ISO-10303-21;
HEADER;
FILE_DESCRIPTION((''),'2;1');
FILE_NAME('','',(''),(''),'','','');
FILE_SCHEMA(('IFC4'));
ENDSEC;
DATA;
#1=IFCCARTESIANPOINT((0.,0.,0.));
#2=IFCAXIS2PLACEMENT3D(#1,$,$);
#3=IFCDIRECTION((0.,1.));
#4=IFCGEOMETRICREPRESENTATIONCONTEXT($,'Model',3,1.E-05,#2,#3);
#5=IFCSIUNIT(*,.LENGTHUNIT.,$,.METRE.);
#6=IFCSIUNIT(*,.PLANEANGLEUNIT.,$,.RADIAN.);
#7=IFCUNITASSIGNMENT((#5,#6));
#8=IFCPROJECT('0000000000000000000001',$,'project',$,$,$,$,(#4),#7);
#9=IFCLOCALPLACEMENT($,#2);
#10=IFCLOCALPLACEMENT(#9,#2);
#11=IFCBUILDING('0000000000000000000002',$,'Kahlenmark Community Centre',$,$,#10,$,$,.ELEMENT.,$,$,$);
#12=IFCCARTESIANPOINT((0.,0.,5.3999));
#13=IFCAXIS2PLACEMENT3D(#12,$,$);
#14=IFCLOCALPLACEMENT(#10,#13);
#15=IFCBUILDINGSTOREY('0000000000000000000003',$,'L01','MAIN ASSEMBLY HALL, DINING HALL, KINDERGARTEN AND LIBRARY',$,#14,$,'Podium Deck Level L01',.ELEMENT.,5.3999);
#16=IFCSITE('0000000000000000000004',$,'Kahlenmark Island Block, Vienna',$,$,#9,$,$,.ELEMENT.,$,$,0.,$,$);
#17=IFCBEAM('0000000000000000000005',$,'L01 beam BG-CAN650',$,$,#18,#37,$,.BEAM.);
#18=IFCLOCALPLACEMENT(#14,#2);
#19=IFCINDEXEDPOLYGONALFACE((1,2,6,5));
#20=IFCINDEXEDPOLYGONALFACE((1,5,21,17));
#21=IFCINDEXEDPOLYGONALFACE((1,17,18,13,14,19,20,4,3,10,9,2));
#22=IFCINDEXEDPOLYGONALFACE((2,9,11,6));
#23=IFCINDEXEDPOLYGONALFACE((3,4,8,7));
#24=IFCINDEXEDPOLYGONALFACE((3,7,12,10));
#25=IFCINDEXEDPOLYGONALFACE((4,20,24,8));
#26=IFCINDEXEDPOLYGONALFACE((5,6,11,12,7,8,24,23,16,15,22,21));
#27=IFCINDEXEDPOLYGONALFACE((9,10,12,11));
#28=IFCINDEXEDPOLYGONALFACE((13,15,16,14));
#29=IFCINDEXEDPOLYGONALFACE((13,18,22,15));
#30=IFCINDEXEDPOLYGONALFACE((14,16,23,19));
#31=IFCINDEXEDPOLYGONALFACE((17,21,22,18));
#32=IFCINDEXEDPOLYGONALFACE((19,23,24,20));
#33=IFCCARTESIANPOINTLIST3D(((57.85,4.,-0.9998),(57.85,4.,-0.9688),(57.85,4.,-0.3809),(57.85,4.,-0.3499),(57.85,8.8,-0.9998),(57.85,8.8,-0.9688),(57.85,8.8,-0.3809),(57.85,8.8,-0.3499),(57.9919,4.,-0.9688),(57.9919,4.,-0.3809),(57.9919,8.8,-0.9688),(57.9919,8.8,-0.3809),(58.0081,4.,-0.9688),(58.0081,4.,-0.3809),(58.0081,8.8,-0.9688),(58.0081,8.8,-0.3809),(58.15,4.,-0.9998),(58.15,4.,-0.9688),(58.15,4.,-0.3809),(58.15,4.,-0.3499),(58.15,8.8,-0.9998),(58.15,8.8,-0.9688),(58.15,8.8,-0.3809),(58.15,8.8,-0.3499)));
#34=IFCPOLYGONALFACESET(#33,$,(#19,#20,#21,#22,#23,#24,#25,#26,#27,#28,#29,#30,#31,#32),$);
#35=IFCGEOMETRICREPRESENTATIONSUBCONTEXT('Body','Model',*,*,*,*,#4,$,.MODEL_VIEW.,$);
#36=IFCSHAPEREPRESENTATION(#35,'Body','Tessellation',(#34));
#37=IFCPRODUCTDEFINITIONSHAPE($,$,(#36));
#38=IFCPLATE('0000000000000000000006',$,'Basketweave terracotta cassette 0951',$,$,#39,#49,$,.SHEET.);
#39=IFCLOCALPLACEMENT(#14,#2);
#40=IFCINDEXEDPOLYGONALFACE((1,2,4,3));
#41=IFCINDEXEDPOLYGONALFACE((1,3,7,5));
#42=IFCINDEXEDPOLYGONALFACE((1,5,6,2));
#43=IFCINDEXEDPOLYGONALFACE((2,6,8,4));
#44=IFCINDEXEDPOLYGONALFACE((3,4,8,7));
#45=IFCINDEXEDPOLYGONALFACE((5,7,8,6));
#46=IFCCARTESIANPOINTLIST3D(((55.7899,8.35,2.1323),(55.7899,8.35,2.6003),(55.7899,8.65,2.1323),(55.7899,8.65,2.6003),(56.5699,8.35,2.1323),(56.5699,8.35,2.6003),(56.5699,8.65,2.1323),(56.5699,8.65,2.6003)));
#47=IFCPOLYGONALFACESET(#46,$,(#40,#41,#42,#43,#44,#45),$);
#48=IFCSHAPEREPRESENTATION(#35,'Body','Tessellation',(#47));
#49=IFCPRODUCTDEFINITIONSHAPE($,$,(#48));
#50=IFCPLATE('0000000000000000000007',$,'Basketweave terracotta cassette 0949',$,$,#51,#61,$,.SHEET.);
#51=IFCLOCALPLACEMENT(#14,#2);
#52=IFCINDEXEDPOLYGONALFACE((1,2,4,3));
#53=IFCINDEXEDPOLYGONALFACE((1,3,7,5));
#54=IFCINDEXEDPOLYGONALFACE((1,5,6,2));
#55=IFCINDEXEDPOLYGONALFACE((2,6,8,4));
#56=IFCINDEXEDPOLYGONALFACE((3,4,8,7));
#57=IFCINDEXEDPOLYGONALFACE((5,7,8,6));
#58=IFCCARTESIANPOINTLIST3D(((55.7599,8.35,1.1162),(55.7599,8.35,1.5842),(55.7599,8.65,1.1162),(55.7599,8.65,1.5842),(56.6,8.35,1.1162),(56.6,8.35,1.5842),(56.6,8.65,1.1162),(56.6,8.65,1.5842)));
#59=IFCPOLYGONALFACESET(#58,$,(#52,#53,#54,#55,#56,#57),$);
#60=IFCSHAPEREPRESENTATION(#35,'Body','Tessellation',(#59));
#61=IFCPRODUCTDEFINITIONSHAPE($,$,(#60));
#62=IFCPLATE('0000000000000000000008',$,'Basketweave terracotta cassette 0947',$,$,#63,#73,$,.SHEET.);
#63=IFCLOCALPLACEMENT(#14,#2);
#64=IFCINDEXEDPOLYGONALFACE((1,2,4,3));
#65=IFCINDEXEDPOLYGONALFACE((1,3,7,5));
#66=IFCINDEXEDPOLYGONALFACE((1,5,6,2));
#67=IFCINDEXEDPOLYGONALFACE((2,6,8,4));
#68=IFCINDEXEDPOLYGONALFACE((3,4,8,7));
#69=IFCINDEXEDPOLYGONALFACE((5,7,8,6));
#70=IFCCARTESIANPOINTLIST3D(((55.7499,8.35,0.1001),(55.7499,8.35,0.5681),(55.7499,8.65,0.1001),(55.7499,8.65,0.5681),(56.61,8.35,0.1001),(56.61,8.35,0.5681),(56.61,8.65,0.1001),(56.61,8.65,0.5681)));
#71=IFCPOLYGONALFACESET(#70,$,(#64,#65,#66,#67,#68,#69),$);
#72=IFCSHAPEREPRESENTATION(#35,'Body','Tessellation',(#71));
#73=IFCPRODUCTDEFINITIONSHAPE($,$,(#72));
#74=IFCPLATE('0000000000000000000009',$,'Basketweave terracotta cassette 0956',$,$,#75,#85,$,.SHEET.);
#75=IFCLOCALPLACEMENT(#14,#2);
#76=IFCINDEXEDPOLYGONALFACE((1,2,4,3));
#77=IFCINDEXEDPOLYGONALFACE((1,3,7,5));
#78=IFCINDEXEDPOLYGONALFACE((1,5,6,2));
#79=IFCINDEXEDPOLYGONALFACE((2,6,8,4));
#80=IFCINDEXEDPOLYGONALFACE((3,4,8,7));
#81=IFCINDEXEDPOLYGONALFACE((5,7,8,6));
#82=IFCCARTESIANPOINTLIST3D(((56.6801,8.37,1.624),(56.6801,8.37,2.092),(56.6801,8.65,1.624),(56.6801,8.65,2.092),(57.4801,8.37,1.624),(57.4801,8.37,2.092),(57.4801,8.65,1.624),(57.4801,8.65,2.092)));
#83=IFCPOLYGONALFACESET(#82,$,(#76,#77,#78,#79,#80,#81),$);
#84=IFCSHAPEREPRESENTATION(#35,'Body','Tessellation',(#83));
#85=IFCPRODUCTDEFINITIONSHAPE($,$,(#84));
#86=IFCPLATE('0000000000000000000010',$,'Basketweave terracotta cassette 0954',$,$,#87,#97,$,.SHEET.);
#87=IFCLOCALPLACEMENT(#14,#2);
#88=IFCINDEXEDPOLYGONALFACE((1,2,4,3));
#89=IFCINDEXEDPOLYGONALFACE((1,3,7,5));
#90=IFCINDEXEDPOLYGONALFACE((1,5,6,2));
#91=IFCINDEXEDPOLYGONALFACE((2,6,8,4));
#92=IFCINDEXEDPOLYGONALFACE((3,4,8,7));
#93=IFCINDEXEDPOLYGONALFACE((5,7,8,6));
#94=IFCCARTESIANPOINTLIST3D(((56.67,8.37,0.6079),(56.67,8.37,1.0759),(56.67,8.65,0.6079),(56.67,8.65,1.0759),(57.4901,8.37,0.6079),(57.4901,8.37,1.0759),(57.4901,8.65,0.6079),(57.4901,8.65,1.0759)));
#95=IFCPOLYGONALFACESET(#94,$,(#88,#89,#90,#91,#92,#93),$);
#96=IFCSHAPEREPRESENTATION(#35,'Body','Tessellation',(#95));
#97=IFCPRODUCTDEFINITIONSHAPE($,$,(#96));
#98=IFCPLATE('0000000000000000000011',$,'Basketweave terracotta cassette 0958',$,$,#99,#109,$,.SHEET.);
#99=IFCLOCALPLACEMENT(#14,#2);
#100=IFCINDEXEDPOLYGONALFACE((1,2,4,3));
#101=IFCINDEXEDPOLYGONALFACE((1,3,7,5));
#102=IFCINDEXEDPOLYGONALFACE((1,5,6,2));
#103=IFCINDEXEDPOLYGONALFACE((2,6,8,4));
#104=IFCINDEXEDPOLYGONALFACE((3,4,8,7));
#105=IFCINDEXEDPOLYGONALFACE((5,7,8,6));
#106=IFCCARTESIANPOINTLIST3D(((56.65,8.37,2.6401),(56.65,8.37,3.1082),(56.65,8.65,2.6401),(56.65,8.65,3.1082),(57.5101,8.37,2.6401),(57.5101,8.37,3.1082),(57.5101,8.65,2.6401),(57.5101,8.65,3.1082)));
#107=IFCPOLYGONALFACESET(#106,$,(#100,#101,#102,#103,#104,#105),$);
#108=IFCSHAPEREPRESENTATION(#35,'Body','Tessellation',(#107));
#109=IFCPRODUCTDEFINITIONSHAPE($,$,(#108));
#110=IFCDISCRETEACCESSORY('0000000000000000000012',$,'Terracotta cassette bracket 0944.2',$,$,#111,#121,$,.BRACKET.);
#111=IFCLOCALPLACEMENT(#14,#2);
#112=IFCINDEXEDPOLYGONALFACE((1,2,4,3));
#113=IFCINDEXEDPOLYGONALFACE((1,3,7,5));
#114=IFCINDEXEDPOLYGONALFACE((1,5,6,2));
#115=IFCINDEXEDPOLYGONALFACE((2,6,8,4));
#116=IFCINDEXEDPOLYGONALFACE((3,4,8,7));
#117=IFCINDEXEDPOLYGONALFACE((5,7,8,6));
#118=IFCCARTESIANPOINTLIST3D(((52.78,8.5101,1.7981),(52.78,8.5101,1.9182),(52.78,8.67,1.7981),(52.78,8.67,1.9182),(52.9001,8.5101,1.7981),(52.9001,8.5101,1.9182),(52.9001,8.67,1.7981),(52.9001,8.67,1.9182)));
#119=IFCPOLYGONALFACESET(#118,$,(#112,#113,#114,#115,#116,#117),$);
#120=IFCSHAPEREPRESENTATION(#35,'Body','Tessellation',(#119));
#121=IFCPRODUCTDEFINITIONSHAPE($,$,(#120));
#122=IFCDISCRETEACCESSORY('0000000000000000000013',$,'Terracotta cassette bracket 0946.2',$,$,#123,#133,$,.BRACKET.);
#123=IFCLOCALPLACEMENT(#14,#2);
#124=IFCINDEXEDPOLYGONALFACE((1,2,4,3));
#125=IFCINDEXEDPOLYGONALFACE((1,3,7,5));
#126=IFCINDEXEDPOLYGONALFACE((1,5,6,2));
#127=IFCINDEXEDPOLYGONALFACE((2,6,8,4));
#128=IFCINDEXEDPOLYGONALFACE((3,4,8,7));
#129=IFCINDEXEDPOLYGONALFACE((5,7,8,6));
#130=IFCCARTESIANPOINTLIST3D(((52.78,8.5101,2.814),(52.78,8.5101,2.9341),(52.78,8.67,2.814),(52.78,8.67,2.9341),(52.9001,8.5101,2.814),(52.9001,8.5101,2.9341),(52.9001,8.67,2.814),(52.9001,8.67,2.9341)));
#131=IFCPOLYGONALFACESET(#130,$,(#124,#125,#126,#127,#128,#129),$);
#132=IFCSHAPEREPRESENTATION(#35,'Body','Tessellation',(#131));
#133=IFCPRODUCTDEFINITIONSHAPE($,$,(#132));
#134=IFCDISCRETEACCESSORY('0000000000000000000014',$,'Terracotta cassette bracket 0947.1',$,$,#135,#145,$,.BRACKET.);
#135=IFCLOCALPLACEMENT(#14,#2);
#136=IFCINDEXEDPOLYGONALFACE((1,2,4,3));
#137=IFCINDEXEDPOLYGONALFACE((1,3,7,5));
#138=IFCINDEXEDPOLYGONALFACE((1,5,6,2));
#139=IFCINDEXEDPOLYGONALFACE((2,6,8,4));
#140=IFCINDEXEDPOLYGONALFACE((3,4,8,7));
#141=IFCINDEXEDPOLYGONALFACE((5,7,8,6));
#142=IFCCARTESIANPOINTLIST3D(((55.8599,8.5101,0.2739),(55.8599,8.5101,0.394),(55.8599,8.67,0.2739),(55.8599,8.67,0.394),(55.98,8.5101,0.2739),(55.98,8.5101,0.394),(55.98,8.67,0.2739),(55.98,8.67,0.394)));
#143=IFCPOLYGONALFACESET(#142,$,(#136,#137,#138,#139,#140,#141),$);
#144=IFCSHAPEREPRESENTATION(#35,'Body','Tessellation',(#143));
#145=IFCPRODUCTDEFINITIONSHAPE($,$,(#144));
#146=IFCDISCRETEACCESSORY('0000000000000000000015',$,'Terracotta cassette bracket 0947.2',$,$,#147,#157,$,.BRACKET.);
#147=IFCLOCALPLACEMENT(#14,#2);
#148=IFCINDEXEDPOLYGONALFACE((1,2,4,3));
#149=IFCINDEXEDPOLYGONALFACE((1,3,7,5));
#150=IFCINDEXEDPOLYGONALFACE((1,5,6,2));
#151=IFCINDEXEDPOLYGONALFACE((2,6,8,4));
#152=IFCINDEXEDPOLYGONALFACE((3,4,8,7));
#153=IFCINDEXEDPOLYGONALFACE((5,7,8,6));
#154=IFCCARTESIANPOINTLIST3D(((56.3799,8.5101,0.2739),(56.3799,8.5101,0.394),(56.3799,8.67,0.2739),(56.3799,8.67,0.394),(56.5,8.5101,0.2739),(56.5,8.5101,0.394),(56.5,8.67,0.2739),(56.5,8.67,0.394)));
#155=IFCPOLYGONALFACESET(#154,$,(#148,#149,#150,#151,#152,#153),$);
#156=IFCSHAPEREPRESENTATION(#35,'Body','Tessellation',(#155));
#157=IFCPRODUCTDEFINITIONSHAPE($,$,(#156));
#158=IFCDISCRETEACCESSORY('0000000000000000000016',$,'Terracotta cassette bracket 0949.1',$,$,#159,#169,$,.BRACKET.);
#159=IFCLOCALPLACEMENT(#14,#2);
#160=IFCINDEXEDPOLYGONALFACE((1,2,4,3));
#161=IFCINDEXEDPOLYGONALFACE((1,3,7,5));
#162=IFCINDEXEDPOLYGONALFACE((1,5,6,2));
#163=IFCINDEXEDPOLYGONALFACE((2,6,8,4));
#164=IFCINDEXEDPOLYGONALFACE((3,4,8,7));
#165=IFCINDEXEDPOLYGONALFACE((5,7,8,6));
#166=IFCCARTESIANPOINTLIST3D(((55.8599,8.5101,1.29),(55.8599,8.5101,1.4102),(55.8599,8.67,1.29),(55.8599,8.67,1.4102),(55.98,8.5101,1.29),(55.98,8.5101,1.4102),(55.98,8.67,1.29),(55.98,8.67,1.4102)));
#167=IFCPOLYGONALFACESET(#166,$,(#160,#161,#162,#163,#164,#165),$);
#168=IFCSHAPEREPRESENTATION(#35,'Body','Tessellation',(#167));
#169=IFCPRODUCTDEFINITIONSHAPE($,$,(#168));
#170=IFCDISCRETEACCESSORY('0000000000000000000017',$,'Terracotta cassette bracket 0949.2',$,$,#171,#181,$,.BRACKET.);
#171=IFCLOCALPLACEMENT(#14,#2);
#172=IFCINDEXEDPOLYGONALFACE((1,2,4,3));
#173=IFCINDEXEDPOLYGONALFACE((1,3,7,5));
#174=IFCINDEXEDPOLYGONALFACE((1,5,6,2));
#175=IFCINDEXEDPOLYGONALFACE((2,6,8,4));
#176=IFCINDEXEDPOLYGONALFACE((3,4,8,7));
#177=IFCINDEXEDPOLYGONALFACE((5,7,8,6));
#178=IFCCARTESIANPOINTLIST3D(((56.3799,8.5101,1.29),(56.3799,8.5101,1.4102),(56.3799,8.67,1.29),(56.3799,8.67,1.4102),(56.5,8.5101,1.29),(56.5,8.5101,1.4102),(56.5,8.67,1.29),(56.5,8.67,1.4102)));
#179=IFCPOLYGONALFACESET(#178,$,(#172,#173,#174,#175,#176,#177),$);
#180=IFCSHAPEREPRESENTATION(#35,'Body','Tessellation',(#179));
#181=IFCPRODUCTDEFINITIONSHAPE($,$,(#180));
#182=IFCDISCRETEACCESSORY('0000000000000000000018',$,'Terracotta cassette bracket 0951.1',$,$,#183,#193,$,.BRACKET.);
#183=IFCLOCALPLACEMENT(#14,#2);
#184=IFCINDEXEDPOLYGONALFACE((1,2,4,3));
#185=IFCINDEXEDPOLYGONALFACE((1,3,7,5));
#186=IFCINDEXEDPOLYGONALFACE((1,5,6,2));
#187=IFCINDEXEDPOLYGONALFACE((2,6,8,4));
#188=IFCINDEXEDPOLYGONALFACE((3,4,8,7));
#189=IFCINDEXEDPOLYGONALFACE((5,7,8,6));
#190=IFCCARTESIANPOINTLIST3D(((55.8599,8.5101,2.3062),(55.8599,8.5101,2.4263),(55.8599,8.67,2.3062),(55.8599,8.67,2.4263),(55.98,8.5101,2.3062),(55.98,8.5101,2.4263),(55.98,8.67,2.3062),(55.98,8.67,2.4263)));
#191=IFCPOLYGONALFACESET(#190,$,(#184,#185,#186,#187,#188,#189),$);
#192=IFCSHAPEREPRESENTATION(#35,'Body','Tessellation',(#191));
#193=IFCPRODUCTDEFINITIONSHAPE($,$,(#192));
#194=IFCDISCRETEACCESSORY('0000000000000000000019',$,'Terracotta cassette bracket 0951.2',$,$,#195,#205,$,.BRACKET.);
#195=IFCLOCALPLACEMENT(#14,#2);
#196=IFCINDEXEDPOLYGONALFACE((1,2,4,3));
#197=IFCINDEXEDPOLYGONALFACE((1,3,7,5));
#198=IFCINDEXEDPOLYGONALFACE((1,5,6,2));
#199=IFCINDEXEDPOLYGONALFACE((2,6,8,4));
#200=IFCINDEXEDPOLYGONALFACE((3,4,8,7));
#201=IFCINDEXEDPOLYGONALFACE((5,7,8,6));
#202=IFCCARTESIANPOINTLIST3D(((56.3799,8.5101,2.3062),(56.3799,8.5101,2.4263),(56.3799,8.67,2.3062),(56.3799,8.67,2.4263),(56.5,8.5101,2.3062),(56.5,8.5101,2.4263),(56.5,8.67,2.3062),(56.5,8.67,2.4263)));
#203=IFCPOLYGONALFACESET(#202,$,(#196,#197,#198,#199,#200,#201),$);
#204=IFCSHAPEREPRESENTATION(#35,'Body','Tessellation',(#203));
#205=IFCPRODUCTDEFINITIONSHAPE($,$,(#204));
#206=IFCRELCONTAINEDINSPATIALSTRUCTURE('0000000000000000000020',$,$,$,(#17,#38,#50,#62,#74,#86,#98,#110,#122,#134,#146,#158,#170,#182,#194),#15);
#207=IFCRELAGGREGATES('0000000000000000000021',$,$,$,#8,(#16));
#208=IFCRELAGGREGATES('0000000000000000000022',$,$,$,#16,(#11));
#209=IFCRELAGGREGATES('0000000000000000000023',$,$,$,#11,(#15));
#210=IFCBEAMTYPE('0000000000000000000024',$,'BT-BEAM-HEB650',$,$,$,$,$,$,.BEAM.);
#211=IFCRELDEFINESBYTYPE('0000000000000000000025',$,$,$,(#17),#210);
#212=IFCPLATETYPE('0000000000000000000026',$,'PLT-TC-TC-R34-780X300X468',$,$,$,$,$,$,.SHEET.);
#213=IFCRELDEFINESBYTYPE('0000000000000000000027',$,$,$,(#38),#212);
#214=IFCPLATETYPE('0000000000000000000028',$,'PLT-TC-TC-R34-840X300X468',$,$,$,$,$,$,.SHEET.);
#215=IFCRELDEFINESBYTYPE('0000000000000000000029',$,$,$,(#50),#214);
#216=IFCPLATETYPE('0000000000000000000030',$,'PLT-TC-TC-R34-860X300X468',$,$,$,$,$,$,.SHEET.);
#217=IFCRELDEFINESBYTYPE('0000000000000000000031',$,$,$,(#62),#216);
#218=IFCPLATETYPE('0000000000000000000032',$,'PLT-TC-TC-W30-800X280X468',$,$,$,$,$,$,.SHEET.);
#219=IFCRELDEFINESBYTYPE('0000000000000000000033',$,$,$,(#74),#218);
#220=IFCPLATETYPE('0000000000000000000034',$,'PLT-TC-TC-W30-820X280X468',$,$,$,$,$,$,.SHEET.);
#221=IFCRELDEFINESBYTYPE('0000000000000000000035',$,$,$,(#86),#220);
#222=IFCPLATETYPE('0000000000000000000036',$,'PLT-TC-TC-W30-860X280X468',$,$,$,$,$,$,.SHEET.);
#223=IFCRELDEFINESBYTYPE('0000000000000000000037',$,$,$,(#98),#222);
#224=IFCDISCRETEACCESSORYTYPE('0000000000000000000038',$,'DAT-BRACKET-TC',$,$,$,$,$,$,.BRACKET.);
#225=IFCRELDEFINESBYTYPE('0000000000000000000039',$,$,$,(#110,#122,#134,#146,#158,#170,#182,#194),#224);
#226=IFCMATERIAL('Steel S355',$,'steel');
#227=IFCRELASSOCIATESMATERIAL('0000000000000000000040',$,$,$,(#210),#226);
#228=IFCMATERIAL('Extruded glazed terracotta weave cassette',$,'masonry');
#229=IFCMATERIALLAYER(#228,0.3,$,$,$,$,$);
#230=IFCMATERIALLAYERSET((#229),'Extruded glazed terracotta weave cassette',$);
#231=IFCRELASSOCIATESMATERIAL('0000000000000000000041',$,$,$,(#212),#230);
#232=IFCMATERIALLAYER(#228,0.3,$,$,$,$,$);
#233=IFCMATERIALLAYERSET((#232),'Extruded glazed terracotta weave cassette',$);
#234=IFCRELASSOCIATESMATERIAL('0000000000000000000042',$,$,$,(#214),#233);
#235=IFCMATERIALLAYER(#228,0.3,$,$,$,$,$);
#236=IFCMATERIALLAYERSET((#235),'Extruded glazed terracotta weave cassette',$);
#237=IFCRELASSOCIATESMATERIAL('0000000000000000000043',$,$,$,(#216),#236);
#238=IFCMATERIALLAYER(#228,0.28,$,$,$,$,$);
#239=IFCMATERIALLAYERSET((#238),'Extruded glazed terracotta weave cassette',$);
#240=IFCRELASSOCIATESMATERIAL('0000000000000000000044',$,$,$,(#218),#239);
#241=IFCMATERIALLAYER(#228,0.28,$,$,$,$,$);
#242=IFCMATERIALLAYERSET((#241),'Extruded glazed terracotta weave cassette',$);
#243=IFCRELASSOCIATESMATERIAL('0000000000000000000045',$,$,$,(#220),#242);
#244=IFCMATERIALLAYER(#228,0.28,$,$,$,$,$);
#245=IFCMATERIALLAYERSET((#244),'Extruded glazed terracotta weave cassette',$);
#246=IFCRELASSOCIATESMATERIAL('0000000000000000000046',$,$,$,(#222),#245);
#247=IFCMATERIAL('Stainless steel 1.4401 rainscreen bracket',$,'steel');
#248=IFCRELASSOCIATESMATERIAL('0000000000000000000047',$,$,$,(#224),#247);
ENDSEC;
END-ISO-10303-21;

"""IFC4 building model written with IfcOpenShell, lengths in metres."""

from ifc_helpers import new_model, si_unit, direction, frame, origin, origin_2d, place, context, subcontext, project, spatial, rectangle, i_section, extrude, material, layer, layer_set, material_profile, profile_set, type_object, element, save


model = new_model("IFC4")

# Units and contexts
model_context = context("Model", 3, precision=1e-05, world=origin(), true_north=direction((0.0, 1.0)))
body_context = subcontext(model_context, "Body", "Model", "MODEL_VIEW")
ifc_project = project(units=[si_unit("LENGTHUNIT", "METRE"), si_unit("PLANEANGLEUNIT", "RADIAN")], contexts=[model_context])

# Site, building, storey
site_placement = place(None, origin())
site = spatial("IfcSite", under=ifc_project, at=site_placement, Name="Kahlenmark Island Block, Vienna", CompositionType="ELEMENT", RefElevation=0.0)
building_placement = place(site_placement, origin())
building = spatial("IfcBuilding", under=site, at=building_placement, Name="Kahlenmark Community Centre", CompositionType="ELEMENT")
storey_placement = place(building_placement, frame((0.0, 0.0, 5.3999)))
storey = spatial("IfcBuildingStorey", under=building, at=storey_placement, Name="L01", Description="MAIN ASSEMBLY HALL, DINING HALL, KINDERGARTEN AND LIBRARY", LongName="Podium Deck Level L01", CompositionType="ELEMENT", Elevation=5.3999)

# Beam
ifc_material_1 = material(Name="Steel S355", Category="steel")
ifc_material_profile = material_profile(ifc_material_1, i_section(OverallWidth=0.3, OverallDepth=0.6499, WebThickness=0.0161, FlangeThickness=0.031, at=origin_2d()), Name="HEB 650")
ifc_profile_set = profile_set([ifc_material_profile], Name="Steel S355")
beam_type = type_object("IfcBeamType", Name="BT-BEAM-HEB650", PredefinedType="BEAM", material=ifc_profile_set)
beam_placement = place(storey_placement, frame((58.0, 4.0, -0.6748), z_axis=(0.0, 1.0, 0.0), x_axis=(-1.0, 0.0, 0.0)))
element("IfcBeam", 1, at=beam_placement, inside=storey, type_object=beam_type, Name="L01 beam BG-CAN650", PredefinedType="BEAM", context=body_context, shape_type="SweptSolid", body=[
    extrude(i_section(OverallWidth=0.3, OverallDepth=0.6499, WebThickness=0.0161, FlangeThickness=0.031, at=origin_2d()), origin(), (0.0, 0.0, 1.0), 4.8),
])

# Plates
ifc_material_2 = material(Name="Extruded glazed terracotta weave cassette", Category="masonry")
ifc_layer_1 = layer(ifc_material_2, 0.3)
ifc_layer_set_1 = layer_set([ifc_layer_1], Name="Extruded glazed terracotta weave cassette")
plate_type_1 = type_object("IfcPlateType", Name="PLT-TC-TC-R34-780X300X468", PredefinedType="SHEET", material=ifc_layer_set_1)
plate_1_placement = place(storey_placement, frame((56.1799, 8.5, 2.1323), z_axis=(0.0, 0.0, 1.0), x_axis=(1.0, 0.0, 0.0)))
element("IfcPlate", 2, at=plate_1_placement, inside=storey, type_object=plate_type_1, Name="Basketweave terracotta cassette 0951", PredefinedType="SHEET", context=body_context, shape_type="SweptSolid", body=[
    extrude(rectangle(XDim=0.78, YDim=0.3, at=origin_2d()), origin(), (0.0, 0.0, 1.0), 0.468),
])
ifc_layer_2 = layer(ifc_material_2, 0.3)
ifc_layer_set_2 = layer_set([ifc_layer_2], Name="Extruded glazed terracotta weave cassette")
plate_type_2 = type_object("IfcPlateType", Name="PLT-TC-TC-R34-840X300X468", PredefinedType="SHEET", material=ifc_layer_set_2)
plate_2_placement = place(storey_placement, frame((56.1799, 8.5, 1.1162), z_axis=(0.0, 0.0, 1.0), x_axis=(1.0, 0.0, 0.0)))
element("IfcPlate", 3, at=plate_2_placement, inside=storey, type_object=plate_type_2, Name="Basketweave terracotta cassette 0949", PredefinedType="SHEET", context=body_context, shape_type="SweptSolid", body=[
    extrude(rectangle(XDim=0.8401, YDim=0.3, at=origin_2d()), origin(), (0.0, 0.0, 1.0), 0.468),
])
ifc_layer_3 = layer(ifc_material_2, 0.3)
ifc_layer_set_3 = layer_set([ifc_layer_3], Name="Extruded glazed terracotta weave cassette")
plate_type_3 = type_object("IfcPlateType", Name="PLT-TC-TC-R34-860X300X468", PredefinedType="SHEET", material=ifc_layer_set_3)
plate_3_placement = place(storey_placement, frame((56.1799, 8.5, 0.1001), z_axis=(0.0, 0.0, 1.0), x_axis=(1.0, 0.0, 0.0)))
element("IfcPlate", 4, at=plate_3_placement, inside=storey, type_object=plate_type_3, Name="Basketweave terracotta cassette 0947", PredefinedType="SHEET", context=body_context, shape_type="SweptSolid", body=[
    extrude(rectangle(XDim=0.8601, YDim=0.3, at=origin_2d()), origin(), (0.0, 0.0, 1.0), 0.468),
])
ifc_layer_4 = layer(ifc_material_2, 0.28)
ifc_layer_set_4 = layer_set([ifc_layer_4], Name="Extruded glazed terracotta weave cassette")
plate_type_4 = type_object("IfcPlateType", Name="PLT-TC-TC-W30-800X280X468", PredefinedType="SHEET", material=ifc_layer_set_4)
plate_4_placement = place(storey_placement, frame((57.0801, 8.51, 1.624), z_axis=(0.0, 0.0, 1.0), x_axis=(1.0, 0.0, 0.0)))
element("IfcPlate", 5, at=plate_4_placement, inside=storey, type_object=plate_type_4, Name="Basketweave terracotta cassette 0956", PredefinedType="SHEET", context=body_context, shape_type="SweptSolid", body=[
    extrude(rectangle(XDim=0.8, YDim=0.28, at=origin_2d()), origin(), (0.0, 0.0, 1.0), 0.468),
])
ifc_layer_5 = layer(ifc_material_2, 0.28)
ifc_layer_set_5 = layer_set([ifc_layer_5], Name="Extruded glazed terracotta weave cassette")
plate_type_5 = type_object("IfcPlateType", Name="PLT-TC-TC-W30-820X280X468", PredefinedType="SHEET", material=ifc_layer_set_5)
plate_5_placement = place(storey_placement, frame((57.0801, 8.51, 0.6079), z_axis=(0.0, 0.0, 1.0), x_axis=(1.0, 0.0, 0.0)))
element("IfcPlate", 6, at=plate_5_placement, inside=storey, type_object=plate_type_5, Name="Basketweave terracotta cassette 0954", PredefinedType="SHEET", context=body_context, shape_type="SweptSolid", body=[
    extrude(rectangle(XDim=0.8201, YDim=0.28, at=origin_2d()), origin(), (0.0, 0.0, 1.0), 0.468),
])
ifc_layer_6 = layer(ifc_material_2, 0.28)
ifc_layer_set_6 = layer_set([ifc_layer_6], Name="Extruded glazed terracotta weave cassette")
plate_type_6 = type_object("IfcPlateType", Name="PLT-TC-TC-W30-860X280X468", PredefinedType="SHEET", material=ifc_layer_set_6)
plate_6_placement = place(storey_placement, frame((57.0801, 8.51, 2.6401), z_axis=(0.0, 0.0, 1.0), x_axis=(1.0, 0.0, 0.0)))
element("IfcPlate", 7, at=plate_6_placement, inside=storey, type_object=plate_type_6, Name="Basketweave terracotta cassette 0958", PredefinedType="SHEET", context=body_context, shape_type="SweptSolid", body=[
    extrude(rectangle(XDim=0.8601, YDim=0.28, at=origin_2d()), origin(), (0.0, 0.0, 1.0), 0.468),
])

# Discrete accessories
ifc_material_3 = material(Name="Stainless steel 1.4401 rainscreen bracket", Category="steel")
discrete_accessory_type = type_object("IfcDiscreteAccessoryType", Name="DAT-BRACKET-TC", PredefinedType="BRACKET", material=ifc_material_3)
for number, where, z_axis, x_axis, name in (
    (8, (52.8401, 8.5901, 1.7981), (0.0, 0.0, 1.0), (1.0, 0.0, 0.0), "Terracotta cassette bracket 0944.2"),
    (9, (52.8401, 8.5901, 2.814), (0.0, 0.0, 1.0), (1.0, 0.0, 0.0), "Terracotta cassette bracket 0946.2"),
    (10, (55.9199, 8.5901, 0.2739), (0.0, 0.0, 1.0), (1.0, 0.0, 0.0), "Terracotta cassette bracket 0947.1"),
    (11, (56.4399, 8.5901, 0.2739), (0.0, 0.0, 1.0), (1.0, 0.0, 0.0), "Terracotta cassette bracket 0947.2"),
    (12, (55.9199, 8.5901, 1.29), (0.0, 0.0, 1.0), (1.0, 0.0, 0.0), "Terracotta cassette bracket 0949.1"),
    (13, (56.4399, 8.5901, 1.29), (0.0, 0.0, 1.0), (1.0, 0.0, 0.0), "Terracotta cassette bracket 0949.2"),
    (14, (55.9199, 8.5901, 2.3062), (0.0, 0.0, 1.0), (1.0, 0.0, 0.0), "Terracotta cassette bracket 0951.1"),
    (15, (56.4399, 8.5901, 2.3062), (0.0, 0.0, 1.0), (1.0, 0.0, 0.0), "Terracotta cassette bracket 0951.2"),
):
    element("IfcDiscreteAccessory", number, at=place(storey_placement, frame(where, z_axis=z_axis, x_axis=x_axis)), inside=storey, type_object=discrete_accessory_type, Name=name, PredefinedType="BRACKET", context=body_context, shape_type="SweptSolid", body=[
        extrude(rectangle(XDim=0.1201, YDim=0.1599, at=origin_2d()), origin(), (0.0, 0.0, 1.0), 0.1201),
    ])

save(model, "model.ifc")
